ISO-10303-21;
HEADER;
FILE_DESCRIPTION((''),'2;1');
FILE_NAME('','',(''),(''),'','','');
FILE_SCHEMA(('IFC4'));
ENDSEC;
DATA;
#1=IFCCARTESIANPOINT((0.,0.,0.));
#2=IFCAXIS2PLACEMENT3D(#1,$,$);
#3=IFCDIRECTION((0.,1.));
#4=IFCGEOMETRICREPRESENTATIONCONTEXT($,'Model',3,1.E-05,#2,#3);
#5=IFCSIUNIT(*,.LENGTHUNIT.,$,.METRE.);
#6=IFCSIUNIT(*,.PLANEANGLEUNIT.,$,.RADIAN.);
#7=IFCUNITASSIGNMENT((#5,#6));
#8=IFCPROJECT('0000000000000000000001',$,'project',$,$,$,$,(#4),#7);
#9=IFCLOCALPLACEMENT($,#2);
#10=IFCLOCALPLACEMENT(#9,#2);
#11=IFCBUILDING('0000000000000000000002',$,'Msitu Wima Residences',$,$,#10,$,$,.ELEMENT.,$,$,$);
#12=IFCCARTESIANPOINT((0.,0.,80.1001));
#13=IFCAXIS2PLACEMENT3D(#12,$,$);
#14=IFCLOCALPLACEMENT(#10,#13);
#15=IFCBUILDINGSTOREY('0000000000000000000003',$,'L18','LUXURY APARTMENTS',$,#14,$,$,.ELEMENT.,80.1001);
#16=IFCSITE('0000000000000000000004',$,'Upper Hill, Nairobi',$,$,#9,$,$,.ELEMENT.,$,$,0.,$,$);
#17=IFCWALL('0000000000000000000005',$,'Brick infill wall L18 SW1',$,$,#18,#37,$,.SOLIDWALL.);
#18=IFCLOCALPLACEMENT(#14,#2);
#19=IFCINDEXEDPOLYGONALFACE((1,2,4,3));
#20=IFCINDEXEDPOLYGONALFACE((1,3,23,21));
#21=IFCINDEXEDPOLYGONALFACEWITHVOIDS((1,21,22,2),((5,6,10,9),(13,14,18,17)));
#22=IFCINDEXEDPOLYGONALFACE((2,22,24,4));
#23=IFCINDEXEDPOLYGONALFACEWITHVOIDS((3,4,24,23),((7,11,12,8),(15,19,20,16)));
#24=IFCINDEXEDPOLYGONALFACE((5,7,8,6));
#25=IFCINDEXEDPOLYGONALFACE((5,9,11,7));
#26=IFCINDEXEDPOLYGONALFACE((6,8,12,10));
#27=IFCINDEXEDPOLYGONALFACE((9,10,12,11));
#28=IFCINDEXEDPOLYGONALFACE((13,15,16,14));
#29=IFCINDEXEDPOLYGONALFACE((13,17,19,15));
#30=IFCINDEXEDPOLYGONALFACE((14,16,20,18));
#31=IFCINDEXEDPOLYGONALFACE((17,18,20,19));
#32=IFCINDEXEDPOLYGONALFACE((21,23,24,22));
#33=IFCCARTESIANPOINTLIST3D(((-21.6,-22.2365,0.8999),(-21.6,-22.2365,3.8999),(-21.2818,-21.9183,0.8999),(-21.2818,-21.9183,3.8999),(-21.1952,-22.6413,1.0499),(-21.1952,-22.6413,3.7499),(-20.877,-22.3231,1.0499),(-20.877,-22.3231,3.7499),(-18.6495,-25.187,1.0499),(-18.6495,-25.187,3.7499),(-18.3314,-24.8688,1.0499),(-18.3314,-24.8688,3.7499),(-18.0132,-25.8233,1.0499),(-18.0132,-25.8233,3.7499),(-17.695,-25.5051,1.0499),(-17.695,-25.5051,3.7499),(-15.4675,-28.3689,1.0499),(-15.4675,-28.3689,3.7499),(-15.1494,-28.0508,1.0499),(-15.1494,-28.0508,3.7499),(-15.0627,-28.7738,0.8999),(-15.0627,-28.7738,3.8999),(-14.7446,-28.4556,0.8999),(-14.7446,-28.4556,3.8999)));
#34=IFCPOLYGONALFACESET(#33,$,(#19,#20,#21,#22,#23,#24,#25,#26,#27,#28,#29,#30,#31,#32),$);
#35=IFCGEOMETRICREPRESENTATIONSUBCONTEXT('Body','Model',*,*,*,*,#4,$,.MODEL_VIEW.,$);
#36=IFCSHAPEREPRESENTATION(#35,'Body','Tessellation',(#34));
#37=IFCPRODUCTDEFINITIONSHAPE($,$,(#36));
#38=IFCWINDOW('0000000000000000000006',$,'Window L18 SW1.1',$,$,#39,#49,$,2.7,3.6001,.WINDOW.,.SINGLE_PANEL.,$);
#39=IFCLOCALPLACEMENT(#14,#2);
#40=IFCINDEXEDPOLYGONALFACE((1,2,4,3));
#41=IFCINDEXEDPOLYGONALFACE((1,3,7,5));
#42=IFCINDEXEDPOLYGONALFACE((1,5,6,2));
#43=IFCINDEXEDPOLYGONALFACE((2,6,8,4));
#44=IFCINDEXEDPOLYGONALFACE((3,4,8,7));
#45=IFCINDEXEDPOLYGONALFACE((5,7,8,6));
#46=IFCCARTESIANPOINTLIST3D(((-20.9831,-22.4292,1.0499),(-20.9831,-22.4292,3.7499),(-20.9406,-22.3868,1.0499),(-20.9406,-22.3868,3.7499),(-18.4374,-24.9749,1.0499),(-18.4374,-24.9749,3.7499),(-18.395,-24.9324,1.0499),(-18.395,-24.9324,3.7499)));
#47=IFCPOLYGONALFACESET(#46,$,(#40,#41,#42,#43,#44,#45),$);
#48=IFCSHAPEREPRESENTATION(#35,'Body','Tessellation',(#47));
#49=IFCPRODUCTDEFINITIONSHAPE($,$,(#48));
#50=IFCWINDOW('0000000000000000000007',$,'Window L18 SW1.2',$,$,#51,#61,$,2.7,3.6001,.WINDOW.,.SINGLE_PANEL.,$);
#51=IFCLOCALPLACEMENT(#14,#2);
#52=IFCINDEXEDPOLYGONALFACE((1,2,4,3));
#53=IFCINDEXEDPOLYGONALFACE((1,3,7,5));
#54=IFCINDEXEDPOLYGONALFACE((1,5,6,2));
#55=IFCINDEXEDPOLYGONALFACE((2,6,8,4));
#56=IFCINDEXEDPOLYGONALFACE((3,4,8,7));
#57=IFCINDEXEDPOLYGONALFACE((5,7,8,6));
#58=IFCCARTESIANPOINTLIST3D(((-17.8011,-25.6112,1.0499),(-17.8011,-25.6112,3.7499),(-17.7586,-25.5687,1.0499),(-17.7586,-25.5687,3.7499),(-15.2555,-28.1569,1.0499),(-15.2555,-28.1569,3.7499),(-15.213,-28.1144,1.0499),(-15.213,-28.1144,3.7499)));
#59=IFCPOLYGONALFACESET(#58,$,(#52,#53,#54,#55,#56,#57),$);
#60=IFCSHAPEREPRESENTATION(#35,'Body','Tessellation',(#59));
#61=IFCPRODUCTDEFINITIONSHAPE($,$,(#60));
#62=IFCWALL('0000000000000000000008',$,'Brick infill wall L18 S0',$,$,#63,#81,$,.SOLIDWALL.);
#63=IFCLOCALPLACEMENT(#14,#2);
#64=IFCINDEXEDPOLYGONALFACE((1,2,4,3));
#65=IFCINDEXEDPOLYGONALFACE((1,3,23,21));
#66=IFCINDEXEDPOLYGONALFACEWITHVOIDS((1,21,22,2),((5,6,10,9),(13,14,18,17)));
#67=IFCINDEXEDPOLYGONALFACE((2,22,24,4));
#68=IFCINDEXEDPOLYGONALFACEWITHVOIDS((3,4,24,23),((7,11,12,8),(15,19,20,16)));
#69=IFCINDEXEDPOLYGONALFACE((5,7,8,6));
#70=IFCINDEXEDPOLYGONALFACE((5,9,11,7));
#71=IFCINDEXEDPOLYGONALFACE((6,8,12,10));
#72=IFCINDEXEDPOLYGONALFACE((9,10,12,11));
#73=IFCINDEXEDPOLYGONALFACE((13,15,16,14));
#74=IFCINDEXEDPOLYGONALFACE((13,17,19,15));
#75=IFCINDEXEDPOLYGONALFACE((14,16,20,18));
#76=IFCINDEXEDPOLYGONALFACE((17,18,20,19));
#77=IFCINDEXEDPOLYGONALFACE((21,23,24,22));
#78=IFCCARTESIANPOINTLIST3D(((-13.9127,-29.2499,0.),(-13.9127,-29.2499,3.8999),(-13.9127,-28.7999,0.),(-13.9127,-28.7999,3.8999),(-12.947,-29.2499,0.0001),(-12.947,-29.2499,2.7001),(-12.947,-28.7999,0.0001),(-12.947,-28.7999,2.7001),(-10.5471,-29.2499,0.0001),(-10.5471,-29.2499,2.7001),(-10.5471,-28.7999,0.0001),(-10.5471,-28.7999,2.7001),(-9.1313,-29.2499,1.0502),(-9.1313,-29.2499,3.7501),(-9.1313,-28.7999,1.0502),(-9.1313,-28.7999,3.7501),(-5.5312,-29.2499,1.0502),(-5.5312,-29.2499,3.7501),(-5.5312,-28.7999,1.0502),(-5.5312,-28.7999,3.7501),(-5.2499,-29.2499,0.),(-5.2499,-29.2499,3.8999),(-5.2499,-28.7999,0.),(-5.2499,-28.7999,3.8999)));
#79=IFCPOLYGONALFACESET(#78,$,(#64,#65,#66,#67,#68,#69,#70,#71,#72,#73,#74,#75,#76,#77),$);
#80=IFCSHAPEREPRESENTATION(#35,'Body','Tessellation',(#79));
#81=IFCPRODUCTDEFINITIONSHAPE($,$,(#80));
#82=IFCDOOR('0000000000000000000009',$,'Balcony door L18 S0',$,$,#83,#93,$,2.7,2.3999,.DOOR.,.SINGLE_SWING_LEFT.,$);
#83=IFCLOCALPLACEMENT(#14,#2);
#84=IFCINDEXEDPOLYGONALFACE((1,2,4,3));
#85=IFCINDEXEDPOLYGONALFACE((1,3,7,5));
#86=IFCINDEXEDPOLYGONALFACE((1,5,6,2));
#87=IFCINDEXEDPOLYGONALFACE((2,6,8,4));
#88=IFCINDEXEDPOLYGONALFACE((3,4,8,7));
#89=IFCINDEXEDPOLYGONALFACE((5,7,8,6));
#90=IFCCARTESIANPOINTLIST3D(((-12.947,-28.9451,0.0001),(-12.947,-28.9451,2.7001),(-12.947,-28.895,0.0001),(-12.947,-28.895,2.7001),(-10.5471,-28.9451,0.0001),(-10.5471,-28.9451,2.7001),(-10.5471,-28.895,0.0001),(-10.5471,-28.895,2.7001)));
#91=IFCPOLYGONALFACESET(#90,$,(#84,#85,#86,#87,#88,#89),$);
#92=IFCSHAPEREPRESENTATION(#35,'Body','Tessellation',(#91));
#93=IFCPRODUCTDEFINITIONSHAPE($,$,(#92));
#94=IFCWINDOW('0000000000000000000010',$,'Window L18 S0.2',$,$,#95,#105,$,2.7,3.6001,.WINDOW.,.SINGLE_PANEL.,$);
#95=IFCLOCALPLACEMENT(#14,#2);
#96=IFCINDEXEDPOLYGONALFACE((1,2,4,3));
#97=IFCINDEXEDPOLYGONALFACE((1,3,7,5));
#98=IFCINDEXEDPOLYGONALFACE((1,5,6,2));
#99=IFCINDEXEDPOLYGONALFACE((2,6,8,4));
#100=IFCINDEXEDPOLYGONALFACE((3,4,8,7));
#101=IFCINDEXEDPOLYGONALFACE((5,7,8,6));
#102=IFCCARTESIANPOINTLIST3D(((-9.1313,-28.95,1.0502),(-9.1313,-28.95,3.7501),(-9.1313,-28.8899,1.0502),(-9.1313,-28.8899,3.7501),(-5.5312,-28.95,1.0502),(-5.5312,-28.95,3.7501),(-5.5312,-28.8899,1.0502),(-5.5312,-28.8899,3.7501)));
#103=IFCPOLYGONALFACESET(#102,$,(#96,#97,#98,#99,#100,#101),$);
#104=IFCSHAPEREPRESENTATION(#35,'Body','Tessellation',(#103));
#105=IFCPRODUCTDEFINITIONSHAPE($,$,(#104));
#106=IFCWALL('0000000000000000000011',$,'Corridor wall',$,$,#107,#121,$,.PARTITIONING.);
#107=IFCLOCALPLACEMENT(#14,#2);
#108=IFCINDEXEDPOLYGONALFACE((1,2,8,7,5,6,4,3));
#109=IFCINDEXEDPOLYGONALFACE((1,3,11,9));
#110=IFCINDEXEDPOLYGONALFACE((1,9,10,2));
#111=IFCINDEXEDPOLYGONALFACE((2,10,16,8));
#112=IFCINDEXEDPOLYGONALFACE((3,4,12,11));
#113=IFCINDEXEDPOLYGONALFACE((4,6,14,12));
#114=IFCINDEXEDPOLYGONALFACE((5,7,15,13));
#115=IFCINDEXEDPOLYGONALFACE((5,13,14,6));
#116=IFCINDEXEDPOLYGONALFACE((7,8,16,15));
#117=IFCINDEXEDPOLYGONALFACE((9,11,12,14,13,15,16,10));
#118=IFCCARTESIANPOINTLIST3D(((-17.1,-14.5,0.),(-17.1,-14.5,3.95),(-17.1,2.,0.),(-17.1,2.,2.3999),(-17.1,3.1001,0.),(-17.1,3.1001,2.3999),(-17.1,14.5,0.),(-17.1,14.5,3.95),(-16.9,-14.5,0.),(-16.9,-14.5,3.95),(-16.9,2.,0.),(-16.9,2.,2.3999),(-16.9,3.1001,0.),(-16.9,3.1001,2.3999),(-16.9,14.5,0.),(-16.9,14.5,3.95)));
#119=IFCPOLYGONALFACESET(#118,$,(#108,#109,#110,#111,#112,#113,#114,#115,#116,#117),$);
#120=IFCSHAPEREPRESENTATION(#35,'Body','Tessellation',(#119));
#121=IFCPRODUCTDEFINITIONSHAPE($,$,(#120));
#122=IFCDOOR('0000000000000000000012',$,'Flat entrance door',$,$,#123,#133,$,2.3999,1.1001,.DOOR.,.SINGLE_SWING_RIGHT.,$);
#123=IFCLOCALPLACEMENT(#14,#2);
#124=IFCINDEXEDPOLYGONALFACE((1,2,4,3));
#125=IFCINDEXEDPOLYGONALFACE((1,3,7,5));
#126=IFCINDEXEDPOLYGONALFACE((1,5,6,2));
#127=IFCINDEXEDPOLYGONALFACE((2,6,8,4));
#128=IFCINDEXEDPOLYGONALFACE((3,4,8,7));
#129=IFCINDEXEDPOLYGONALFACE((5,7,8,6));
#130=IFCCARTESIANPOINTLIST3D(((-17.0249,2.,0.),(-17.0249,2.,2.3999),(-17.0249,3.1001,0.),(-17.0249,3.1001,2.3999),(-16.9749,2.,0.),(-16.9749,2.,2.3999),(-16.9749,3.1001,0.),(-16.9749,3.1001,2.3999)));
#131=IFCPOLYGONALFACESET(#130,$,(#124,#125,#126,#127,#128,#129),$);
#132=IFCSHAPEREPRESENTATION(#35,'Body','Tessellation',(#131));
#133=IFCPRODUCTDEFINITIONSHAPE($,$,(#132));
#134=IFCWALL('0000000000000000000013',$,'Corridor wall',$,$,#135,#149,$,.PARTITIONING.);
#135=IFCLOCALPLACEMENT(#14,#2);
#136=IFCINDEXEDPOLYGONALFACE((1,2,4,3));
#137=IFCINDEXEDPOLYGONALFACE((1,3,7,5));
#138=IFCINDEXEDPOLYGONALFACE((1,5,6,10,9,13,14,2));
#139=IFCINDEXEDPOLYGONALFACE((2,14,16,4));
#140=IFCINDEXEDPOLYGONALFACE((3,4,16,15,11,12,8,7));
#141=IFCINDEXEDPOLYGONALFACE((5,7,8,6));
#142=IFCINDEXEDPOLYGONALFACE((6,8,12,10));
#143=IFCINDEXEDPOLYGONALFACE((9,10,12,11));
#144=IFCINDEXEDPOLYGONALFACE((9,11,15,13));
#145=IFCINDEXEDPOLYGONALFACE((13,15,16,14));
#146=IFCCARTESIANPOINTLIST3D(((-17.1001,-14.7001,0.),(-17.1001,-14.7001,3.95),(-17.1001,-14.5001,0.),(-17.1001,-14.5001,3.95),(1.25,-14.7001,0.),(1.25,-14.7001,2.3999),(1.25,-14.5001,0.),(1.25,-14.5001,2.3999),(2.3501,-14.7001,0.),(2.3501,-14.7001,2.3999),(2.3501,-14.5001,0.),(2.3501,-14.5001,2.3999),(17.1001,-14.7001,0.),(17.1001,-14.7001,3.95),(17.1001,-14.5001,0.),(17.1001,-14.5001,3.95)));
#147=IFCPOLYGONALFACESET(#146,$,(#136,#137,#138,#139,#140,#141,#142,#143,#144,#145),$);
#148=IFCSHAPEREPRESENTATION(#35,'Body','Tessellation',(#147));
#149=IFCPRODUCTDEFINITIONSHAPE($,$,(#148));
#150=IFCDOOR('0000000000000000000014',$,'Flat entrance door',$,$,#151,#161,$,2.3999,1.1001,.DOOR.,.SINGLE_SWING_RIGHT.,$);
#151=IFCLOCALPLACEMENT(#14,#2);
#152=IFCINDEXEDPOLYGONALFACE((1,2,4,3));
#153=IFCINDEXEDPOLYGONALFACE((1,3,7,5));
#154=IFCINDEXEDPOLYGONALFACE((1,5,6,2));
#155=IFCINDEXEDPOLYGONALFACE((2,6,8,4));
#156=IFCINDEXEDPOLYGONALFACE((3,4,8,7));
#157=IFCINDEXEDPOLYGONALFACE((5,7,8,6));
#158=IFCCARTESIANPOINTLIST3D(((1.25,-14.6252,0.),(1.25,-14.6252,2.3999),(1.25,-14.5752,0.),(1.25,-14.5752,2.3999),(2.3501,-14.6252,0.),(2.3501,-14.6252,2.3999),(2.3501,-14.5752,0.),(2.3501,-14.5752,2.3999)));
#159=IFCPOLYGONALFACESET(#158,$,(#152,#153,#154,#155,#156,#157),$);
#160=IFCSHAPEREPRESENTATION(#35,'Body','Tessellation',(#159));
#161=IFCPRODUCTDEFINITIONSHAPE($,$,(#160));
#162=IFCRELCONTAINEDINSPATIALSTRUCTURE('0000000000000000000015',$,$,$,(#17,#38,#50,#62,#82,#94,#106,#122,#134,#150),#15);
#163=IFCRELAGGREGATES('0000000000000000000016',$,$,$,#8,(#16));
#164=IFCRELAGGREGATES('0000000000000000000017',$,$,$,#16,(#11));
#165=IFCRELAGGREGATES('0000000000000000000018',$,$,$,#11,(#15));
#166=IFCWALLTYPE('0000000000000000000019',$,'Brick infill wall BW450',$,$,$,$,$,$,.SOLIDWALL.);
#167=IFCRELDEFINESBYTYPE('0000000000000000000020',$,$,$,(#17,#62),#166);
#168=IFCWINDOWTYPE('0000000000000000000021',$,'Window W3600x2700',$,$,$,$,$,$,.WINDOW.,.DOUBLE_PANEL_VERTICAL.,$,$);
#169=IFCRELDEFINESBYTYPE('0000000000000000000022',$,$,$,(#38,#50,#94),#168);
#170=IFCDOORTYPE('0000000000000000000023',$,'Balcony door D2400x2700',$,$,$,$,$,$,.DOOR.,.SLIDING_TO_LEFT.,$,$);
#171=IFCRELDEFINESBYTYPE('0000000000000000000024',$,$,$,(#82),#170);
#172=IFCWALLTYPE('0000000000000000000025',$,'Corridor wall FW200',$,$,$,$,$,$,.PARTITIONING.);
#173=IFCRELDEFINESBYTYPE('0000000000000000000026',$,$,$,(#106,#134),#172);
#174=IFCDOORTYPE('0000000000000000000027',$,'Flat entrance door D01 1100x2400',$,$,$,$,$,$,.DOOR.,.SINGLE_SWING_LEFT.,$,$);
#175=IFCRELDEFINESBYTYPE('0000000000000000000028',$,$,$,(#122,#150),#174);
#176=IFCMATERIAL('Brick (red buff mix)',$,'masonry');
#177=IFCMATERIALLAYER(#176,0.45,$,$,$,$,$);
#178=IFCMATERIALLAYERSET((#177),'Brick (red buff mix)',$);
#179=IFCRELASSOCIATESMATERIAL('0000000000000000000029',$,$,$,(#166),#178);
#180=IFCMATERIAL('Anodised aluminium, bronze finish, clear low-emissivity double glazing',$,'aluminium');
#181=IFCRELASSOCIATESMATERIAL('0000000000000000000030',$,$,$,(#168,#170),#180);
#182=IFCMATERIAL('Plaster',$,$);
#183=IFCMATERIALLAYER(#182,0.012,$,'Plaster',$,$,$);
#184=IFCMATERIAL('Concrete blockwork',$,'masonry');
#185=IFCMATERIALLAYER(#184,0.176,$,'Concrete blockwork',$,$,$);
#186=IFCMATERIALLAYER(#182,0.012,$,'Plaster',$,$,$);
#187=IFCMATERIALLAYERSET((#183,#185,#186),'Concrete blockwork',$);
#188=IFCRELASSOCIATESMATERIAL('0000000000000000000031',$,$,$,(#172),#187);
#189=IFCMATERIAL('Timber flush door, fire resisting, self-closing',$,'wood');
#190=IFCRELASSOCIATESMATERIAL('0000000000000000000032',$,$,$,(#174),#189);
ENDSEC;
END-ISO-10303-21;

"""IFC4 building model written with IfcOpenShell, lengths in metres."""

from ifc_helpers import new_model, si_unit, direction, frame, frame_2d, origin, place, context, subcontext, project, spatial, rectangle, extrude, material, layer, layer_set, type_object, element, fill, save


model = new_model("IFC4")

# Units and contexts
model_context = context("Model", 3, precision=1e-05, world=origin(), true_north=direction((0.0, 1.0)))
body_context = subcontext(model_context, "Body", "Model", "MODEL_VIEW")
ifc_project = project(units=[si_unit("LENGTHUNIT", "METRE"), si_unit("PLANEANGLEUNIT", "RADIAN")], contexts=[model_context])

# Site, building, storey
site_placement = place(None, origin())
site = spatial("IfcSite", under=ifc_project, at=site_placement, Name="Upper Hill, Nairobi", CompositionType="ELEMENT", RefElevation=0.0)
building_placement = place(site_placement, origin())
building = spatial("IfcBuilding", under=site, at=building_placement, Name="Msitu Wima Residences", CompositionType="ELEMENT")
storey_placement = place(building_placement, frame((0.0, 0.0, 80.1001)))
storey = spatial("IfcBuildingStorey", under=building, at=storey_placement, Name="L18", Description="LUXURY APARTMENTS", CompositionType="ELEMENT", Elevation=80.1001)

# Wall, openings, windows
ifc_material_1 = material(Name="Brick (red buff mix)", Category="masonry")
ifc_layer_1 = layer(ifc_material_1, 0.45)
ifc_layer_set_1 = layer_set([ifc_layer_1], Name="Brick (red buff mix)")
wall_type_1 = type_object("IfcWallType", Name="Brick infill wall BW450", PredefinedType="SOLIDWALL", material=ifc_layer_set_1)
ifc_material_2 = material(Name="Anodised aluminium, bronze finish, clear low-emissivity double glazing", Category="aluminium")
window_type = type_object("IfcWindowType", Name="Window W3600x2700", PartitioningType="DOUBLE_PANEL_VERTICAL", PredefinedType="WINDOW", material=ifc_material_2)
wall_1_placement = place(storey_placement, frame((-21.4409, -22.0774, 0.8999), z_axis=(0.0, 0.0, 1.0), x_axis=(0.707107, -0.707107, 0.0)))
wall_1 = element("IfcWall", 1, at=wall_1_placement, inside=storey, type_object=wall_type_1, Name="Brick infill wall L18 SW1", PredefinedType="SOLIDWALL", context=body_context, shape_type="SweptSolid", body=[
    extrude(rectangle(XDim=9.2451, YDim=0.45, at=frame_2d((4.6226, 0.0))), origin(), (0.0, 0.0, 1.0), 3.0),
])
opening_1_placement = place(wall_1_placement, frame((0.5725, 0.0, 0.1499)))
opening_1 = element("IfcOpeningElement", 2, at=opening_1_placement, cuts=wall_1, PredefinedType="OPENING", context=body_context, shape_type="SweptSolid", body=[
    extrude(rectangle(XDim=3.6001, YDim=2.7, at=frame_2d((1.8, 1.3501))), frame((0.0, 0.2349, 0.0), z_axis=(0.0, -1.0, 0.0), x_axis=(1.0, 0.0, 0.0)), (0.0, 0.0, 1.0), 0.47),
])
opening_2_placement = place(wall_1_placement, frame((5.0725, 0.0, 0.1499)))
opening_2 = element("IfcOpeningElement", 3, at=opening_2_placement, cuts=wall_1, PredefinedType="OPENING", context=body_context, shape_type="SweptSolid", body=[
    extrude(rectangle(XDim=3.6001, YDim=2.7, at=frame_2d((1.8, 1.3501))), frame((0.0, 0.2349, 0.0), z_axis=(0.0, -1.0, 0.0), x_axis=(1.0, 0.0, 0.0)), (0.0, 0.0, 1.0), 0.47),
])
window_1_placement = place(opening_1_placement, origin())
window_1 = element("IfcWindow", 4, at=window_1_placement, inside=storey, type_object=window_type, Name="Window L18 SW1.1", OverallHeight=2.7, OverallWidth=3.6001, PartitioningType="SINGLE_PANEL", PredefinedType="WINDOW", context=body_context, shape_type="SweptSolid", body=[
    extrude(rectangle(XDim=3.6001, YDim=2.7, at=frame_2d((1.8, 1.3501))), frame((0.0, 0.135, 0.0), z_axis=(0.0, -1.0, 0.0), x_axis=(1.0, 0.0, 0.0)), (0.0, 0.0, 1.0), 0.0601),
])
fill(opening_1, window_1)
window_2_placement = place(opening_2_placement, origin())
window_2 = element("IfcWindow", 5, at=window_2_placement, inside=storey, type_object=window_type, Name="Window L18 SW1.2", OverallHeight=2.7, OverallWidth=3.6001, PartitioningType="SINGLE_PANEL", PredefinedType="WINDOW", context=body_context, shape_type="SweptSolid", body=[
    extrude(rectangle(XDim=3.6001, YDim=2.7, at=frame_2d((1.8, 1.3501))), frame((0.0, 0.135, 0.0), z_axis=(0.0, -1.0, 0.0), x_axis=(1.0, 0.0, 0.0)), (0.0, 0.0, 1.0), 0.0601),
])
fill(opening_2, window_2)

# Wall, openings, door, window
wall_2_placement = place(storey_placement, frame((-13.9128, -29.0249, 0.0), z_axis=(0.0, 0.0, 1.0), x_axis=(1.0, 0.0, 0.0)))
wall_2 = element("IfcWall", 6, at=wall_2_placement, inside=storey, type_object=wall_type_1, Name="Brick infill wall L18 S0", PredefinedType="SOLIDWALL", context=body_context, shape_type="SweptSolid", body=[
    extrude(rectangle(XDim=8.6628, YDim=0.45, at=frame_2d((4.3315, 0.0))), origin(), (0.0, 0.0, 1.0), 3.8999),
])
opening_3_placement = place(wall_2_placement, frame((0.9658, 0.0, 0.0)))
opening_3 = element("IfcOpeningElement", 7, at=opening_3_placement, cuts=wall_2, PredefinedType="OPENING", context=body_context, shape_type="SweptSolid", body=[
    extrude(rectangle(XDim=2.3999, YDim=2.7, at=frame_2d((1.2, 1.3501))), frame((0.0, 0.2349, 0.0), z_axis=(0.0, -1.0, 0.0), x_axis=(1.0, 0.0, 0.0)), (0.0, 0.0, 1.0), 0.47),
])
opening_4_placement = place(wall_2_placement, frame((4.7815, 0.0, 1.05)))
opening_4 = element("IfcOpeningElement", 8, at=opening_4_placement, cuts=wall_2, PredefinedType="OPENING", context=body_context, shape_type="SweptSolid", body=[
    extrude(rectangle(XDim=3.6001, YDim=2.7, at=frame_2d((1.8, 1.3501))), frame((0.0, 0.2349, 0.0), z_axis=(0.0, -1.0, 0.0), x_axis=(1.0, 0.0, 0.0)), (0.0, 0.0, 1.0), 0.47),
])
door_type_1 = type_object("IfcDoorType", Name="Balcony door D2400x2700", OperationType="SLIDING_TO_LEFT", PredefinedType="DOOR", material=ifc_material_2)
door_1_placement = place(opening_3_placement, origin())
door_1 = element("IfcDoor", 9, at=door_1_placement, inside=storey, type_object=door_type_1, Name="Balcony door L18 S0", OperationType="SINGLE_SWING_LEFT", OverallHeight=2.7, OverallWidth=2.3999, PredefinedType="DOOR", context=body_context, shape_type="SweptSolid", body=[
    extrude(rectangle(XDim=2.3999, YDim=2.7, at=frame_2d((1.2, 1.3501))), frame((0.0, 0.1299, 0.0), z_axis=(0.0, -1.0, 0.0), x_axis=(1.0, 0.0, 0.0)), (0.0, 0.0, 1.0), 0.05),
])
fill(opening_3, door_1)
window_3_placement = place(opening_4_placement, origin())
window_3 = element("IfcWindow", 10, at=window_3_placement, inside=storey, type_object=window_type, Name="Window L18 S0.2", OverallHeight=2.7, OverallWidth=3.6001, PartitioningType="SINGLE_PANEL", PredefinedType="WINDOW", context=body_context, shape_type="SweptSolid", body=[
    extrude(rectangle(XDim=3.6001, YDim=2.7, at=frame_2d((1.8, 1.3501))), frame((0.0, 0.135, 0.0), z_axis=(0.0, -1.0, 0.0), x_axis=(1.0, 0.0, 0.0)), (0.0, 0.0, 1.0), 0.0601),
])
fill(opening_4, window_3)

# Walls, openings, doors
ifc_material_3 = material(Name="Plaster")
ifc_layer_2 = layer(ifc_material_3, 0.012, Name="Plaster")
ifc_material_4 = material(Name="Concrete blockwork", Category="masonry")
ifc_layer_3 = layer(ifc_material_4, 0.176, Name="Concrete blockwork")
ifc_layer_4 = layer(ifc_material_3, 0.012, Name="Plaster")
ifc_layer_set_2 = layer_set([ifc_layer_2, ifc_layer_3, ifc_layer_4], Name="Concrete blockwork")
wall_type_2 = type_object("IfcWallType", Name="Corridor wall FW200", PredefinedType="PARTITIONING", material=ifc_layer_set_2)
wall_3_placement = place(storey_placement, frame((-17.0, -14.5, 0.0), z_axis=(0.0, 0.0, 1.0), x_axis=(0.0, 1.0, 0.0)))
wall_3 = element("IfcWall", 11, at=wall_3_placement, inside=storey, type_object=wall_type_2, Name="Corridor wall", PredefinedType="PARTITIONING", context=body_context, shape_type="SweptSolid", body=[
    extrude(rectangle(XDim=29.0, YDim=0.2, at=frame_2d((14.5, 0.0))), origin(), (0.0, 0.0, 1.0), 3.95),
])
opening_5_placement = place(wall_3_placement, frame((16.5, 0.0, 0.0)))
opening_5 = element("IfcOpeningElement", 12, at=opening_5_placement, cuts=wall_3, PredefinedType="OPENING", context=body_context, shape_type="SweptSolid", body=[
    extrude(rectangle(XDim=1.1001, YDim=2.3999, at=frame_2d((0.55, 1.2))), frame((0.0, 0.1099, 0.0), z_axis=(0.0, -1.0, 0.0), x_axis=(1.0, 0.0, 0.0)), (0.0, 0.0, 1.0), 0.22),
])
ifc_material_5 = material(Name="Timber flush door, fire resisting, self-closing", Category="wood")
door_type_2 = type_object("IfcDoorType", Name="Flat entrance door D01 1100x2400", OperationType="SINGLE_SWING_LEFT", PredefinedType="DOOR", material=ifc_material_5)
door_2_placement = place(opening_5_placement, origin())
door_2 = element("IfcDoor", 13, at=door_2_placement, inside=storey, type_object=door_type_2, Name="Flat entrance door", OperationType="SINGLE_SWING_RIGHT", OverallHeight=2.3999, OverallWidth=1.1001, PredefinedType="DOOR", context=body_context, shape_type="SweptSolid", body=[
    extrude(rectangle(XDim=1.1001, YDim=2.3999, at=frame_2d((0.55, 1.2))), frame((0.0, 0.0249, 0.0), z_axis=(0.0, -1.0, 0.0), x_axis=(1.0, 0.0, 0.0)), (0.0, 0.0, 1.0), 0.05),
])
fill(opening_5, door_2)
wall_4_placement = place(storey_placement, frame((-17.1001, -14.6001, 0.0), z_axis=(0.0, 0.0, 1.0), x_axis=(1.0, 0.0, 0.0)))
wall_4 = element("IfcWall", 14, at=wall_4_placement, inside=storey, type_object=wall_type_2, Name="Corridor wall", PredefinedType="PARTITIONING", context=body_context, shape_type="SweptSolid", body=[
    extrude(rectangle(XDim=34.2002, YDim=0.2, at=frame_2d((17.1001, 0.0))), origin(), (0.0, 0.0, 1.0), 3.95),
])
opening_6_placement = place(wall_4_placement, frame((18.3501, 0.0, 0.0)))
opening_6 = element("IfcOpeningElement", 15, at=opening_6_placement, cuts=wall_4, PredefinedType="OPENING", context=body_context, shape_type="SweptSolid", body=[
    extrude(rectangle(XDim=1.1001, YDim=2.3999, at=frame_2d((0.55, 1.2))), frame((0.0, 0.1099, 0.0), z_axis=(0.0, -1.0, 0.0), x_axis=(1.0, 0.0, 0.0)), (0.0, 0.0, 1.0), 0.22),
])
door_3_placement = place(opening_6_placement, origin())
door_3 = element("IfcDoor", 16, at=door_3_placement, inside=storey, type_object=door_type_2, Name="Flat entrance door", OperationType="SINGLE_SWING_RIGHT", OverallHeight=2.3999, OverallWidth=1.1001, PredefinedType="DOOR", context=body_context, shape_type="SweptSolid", body=[
    extrude(rectangle(XDim=1.1001, YDim=2.3999, at=frame_2d((0.55, 1.2))), frame((0.0, 0.0249, 0.0), z_axis=(0.0, -1.0, 0.0), x_axis=(1.0, 0.0, 0.0)), (0.0, 0.0, 1.0), 0.05),
])
fill(opening_6, door_3)

save(model, "model.ifc")
